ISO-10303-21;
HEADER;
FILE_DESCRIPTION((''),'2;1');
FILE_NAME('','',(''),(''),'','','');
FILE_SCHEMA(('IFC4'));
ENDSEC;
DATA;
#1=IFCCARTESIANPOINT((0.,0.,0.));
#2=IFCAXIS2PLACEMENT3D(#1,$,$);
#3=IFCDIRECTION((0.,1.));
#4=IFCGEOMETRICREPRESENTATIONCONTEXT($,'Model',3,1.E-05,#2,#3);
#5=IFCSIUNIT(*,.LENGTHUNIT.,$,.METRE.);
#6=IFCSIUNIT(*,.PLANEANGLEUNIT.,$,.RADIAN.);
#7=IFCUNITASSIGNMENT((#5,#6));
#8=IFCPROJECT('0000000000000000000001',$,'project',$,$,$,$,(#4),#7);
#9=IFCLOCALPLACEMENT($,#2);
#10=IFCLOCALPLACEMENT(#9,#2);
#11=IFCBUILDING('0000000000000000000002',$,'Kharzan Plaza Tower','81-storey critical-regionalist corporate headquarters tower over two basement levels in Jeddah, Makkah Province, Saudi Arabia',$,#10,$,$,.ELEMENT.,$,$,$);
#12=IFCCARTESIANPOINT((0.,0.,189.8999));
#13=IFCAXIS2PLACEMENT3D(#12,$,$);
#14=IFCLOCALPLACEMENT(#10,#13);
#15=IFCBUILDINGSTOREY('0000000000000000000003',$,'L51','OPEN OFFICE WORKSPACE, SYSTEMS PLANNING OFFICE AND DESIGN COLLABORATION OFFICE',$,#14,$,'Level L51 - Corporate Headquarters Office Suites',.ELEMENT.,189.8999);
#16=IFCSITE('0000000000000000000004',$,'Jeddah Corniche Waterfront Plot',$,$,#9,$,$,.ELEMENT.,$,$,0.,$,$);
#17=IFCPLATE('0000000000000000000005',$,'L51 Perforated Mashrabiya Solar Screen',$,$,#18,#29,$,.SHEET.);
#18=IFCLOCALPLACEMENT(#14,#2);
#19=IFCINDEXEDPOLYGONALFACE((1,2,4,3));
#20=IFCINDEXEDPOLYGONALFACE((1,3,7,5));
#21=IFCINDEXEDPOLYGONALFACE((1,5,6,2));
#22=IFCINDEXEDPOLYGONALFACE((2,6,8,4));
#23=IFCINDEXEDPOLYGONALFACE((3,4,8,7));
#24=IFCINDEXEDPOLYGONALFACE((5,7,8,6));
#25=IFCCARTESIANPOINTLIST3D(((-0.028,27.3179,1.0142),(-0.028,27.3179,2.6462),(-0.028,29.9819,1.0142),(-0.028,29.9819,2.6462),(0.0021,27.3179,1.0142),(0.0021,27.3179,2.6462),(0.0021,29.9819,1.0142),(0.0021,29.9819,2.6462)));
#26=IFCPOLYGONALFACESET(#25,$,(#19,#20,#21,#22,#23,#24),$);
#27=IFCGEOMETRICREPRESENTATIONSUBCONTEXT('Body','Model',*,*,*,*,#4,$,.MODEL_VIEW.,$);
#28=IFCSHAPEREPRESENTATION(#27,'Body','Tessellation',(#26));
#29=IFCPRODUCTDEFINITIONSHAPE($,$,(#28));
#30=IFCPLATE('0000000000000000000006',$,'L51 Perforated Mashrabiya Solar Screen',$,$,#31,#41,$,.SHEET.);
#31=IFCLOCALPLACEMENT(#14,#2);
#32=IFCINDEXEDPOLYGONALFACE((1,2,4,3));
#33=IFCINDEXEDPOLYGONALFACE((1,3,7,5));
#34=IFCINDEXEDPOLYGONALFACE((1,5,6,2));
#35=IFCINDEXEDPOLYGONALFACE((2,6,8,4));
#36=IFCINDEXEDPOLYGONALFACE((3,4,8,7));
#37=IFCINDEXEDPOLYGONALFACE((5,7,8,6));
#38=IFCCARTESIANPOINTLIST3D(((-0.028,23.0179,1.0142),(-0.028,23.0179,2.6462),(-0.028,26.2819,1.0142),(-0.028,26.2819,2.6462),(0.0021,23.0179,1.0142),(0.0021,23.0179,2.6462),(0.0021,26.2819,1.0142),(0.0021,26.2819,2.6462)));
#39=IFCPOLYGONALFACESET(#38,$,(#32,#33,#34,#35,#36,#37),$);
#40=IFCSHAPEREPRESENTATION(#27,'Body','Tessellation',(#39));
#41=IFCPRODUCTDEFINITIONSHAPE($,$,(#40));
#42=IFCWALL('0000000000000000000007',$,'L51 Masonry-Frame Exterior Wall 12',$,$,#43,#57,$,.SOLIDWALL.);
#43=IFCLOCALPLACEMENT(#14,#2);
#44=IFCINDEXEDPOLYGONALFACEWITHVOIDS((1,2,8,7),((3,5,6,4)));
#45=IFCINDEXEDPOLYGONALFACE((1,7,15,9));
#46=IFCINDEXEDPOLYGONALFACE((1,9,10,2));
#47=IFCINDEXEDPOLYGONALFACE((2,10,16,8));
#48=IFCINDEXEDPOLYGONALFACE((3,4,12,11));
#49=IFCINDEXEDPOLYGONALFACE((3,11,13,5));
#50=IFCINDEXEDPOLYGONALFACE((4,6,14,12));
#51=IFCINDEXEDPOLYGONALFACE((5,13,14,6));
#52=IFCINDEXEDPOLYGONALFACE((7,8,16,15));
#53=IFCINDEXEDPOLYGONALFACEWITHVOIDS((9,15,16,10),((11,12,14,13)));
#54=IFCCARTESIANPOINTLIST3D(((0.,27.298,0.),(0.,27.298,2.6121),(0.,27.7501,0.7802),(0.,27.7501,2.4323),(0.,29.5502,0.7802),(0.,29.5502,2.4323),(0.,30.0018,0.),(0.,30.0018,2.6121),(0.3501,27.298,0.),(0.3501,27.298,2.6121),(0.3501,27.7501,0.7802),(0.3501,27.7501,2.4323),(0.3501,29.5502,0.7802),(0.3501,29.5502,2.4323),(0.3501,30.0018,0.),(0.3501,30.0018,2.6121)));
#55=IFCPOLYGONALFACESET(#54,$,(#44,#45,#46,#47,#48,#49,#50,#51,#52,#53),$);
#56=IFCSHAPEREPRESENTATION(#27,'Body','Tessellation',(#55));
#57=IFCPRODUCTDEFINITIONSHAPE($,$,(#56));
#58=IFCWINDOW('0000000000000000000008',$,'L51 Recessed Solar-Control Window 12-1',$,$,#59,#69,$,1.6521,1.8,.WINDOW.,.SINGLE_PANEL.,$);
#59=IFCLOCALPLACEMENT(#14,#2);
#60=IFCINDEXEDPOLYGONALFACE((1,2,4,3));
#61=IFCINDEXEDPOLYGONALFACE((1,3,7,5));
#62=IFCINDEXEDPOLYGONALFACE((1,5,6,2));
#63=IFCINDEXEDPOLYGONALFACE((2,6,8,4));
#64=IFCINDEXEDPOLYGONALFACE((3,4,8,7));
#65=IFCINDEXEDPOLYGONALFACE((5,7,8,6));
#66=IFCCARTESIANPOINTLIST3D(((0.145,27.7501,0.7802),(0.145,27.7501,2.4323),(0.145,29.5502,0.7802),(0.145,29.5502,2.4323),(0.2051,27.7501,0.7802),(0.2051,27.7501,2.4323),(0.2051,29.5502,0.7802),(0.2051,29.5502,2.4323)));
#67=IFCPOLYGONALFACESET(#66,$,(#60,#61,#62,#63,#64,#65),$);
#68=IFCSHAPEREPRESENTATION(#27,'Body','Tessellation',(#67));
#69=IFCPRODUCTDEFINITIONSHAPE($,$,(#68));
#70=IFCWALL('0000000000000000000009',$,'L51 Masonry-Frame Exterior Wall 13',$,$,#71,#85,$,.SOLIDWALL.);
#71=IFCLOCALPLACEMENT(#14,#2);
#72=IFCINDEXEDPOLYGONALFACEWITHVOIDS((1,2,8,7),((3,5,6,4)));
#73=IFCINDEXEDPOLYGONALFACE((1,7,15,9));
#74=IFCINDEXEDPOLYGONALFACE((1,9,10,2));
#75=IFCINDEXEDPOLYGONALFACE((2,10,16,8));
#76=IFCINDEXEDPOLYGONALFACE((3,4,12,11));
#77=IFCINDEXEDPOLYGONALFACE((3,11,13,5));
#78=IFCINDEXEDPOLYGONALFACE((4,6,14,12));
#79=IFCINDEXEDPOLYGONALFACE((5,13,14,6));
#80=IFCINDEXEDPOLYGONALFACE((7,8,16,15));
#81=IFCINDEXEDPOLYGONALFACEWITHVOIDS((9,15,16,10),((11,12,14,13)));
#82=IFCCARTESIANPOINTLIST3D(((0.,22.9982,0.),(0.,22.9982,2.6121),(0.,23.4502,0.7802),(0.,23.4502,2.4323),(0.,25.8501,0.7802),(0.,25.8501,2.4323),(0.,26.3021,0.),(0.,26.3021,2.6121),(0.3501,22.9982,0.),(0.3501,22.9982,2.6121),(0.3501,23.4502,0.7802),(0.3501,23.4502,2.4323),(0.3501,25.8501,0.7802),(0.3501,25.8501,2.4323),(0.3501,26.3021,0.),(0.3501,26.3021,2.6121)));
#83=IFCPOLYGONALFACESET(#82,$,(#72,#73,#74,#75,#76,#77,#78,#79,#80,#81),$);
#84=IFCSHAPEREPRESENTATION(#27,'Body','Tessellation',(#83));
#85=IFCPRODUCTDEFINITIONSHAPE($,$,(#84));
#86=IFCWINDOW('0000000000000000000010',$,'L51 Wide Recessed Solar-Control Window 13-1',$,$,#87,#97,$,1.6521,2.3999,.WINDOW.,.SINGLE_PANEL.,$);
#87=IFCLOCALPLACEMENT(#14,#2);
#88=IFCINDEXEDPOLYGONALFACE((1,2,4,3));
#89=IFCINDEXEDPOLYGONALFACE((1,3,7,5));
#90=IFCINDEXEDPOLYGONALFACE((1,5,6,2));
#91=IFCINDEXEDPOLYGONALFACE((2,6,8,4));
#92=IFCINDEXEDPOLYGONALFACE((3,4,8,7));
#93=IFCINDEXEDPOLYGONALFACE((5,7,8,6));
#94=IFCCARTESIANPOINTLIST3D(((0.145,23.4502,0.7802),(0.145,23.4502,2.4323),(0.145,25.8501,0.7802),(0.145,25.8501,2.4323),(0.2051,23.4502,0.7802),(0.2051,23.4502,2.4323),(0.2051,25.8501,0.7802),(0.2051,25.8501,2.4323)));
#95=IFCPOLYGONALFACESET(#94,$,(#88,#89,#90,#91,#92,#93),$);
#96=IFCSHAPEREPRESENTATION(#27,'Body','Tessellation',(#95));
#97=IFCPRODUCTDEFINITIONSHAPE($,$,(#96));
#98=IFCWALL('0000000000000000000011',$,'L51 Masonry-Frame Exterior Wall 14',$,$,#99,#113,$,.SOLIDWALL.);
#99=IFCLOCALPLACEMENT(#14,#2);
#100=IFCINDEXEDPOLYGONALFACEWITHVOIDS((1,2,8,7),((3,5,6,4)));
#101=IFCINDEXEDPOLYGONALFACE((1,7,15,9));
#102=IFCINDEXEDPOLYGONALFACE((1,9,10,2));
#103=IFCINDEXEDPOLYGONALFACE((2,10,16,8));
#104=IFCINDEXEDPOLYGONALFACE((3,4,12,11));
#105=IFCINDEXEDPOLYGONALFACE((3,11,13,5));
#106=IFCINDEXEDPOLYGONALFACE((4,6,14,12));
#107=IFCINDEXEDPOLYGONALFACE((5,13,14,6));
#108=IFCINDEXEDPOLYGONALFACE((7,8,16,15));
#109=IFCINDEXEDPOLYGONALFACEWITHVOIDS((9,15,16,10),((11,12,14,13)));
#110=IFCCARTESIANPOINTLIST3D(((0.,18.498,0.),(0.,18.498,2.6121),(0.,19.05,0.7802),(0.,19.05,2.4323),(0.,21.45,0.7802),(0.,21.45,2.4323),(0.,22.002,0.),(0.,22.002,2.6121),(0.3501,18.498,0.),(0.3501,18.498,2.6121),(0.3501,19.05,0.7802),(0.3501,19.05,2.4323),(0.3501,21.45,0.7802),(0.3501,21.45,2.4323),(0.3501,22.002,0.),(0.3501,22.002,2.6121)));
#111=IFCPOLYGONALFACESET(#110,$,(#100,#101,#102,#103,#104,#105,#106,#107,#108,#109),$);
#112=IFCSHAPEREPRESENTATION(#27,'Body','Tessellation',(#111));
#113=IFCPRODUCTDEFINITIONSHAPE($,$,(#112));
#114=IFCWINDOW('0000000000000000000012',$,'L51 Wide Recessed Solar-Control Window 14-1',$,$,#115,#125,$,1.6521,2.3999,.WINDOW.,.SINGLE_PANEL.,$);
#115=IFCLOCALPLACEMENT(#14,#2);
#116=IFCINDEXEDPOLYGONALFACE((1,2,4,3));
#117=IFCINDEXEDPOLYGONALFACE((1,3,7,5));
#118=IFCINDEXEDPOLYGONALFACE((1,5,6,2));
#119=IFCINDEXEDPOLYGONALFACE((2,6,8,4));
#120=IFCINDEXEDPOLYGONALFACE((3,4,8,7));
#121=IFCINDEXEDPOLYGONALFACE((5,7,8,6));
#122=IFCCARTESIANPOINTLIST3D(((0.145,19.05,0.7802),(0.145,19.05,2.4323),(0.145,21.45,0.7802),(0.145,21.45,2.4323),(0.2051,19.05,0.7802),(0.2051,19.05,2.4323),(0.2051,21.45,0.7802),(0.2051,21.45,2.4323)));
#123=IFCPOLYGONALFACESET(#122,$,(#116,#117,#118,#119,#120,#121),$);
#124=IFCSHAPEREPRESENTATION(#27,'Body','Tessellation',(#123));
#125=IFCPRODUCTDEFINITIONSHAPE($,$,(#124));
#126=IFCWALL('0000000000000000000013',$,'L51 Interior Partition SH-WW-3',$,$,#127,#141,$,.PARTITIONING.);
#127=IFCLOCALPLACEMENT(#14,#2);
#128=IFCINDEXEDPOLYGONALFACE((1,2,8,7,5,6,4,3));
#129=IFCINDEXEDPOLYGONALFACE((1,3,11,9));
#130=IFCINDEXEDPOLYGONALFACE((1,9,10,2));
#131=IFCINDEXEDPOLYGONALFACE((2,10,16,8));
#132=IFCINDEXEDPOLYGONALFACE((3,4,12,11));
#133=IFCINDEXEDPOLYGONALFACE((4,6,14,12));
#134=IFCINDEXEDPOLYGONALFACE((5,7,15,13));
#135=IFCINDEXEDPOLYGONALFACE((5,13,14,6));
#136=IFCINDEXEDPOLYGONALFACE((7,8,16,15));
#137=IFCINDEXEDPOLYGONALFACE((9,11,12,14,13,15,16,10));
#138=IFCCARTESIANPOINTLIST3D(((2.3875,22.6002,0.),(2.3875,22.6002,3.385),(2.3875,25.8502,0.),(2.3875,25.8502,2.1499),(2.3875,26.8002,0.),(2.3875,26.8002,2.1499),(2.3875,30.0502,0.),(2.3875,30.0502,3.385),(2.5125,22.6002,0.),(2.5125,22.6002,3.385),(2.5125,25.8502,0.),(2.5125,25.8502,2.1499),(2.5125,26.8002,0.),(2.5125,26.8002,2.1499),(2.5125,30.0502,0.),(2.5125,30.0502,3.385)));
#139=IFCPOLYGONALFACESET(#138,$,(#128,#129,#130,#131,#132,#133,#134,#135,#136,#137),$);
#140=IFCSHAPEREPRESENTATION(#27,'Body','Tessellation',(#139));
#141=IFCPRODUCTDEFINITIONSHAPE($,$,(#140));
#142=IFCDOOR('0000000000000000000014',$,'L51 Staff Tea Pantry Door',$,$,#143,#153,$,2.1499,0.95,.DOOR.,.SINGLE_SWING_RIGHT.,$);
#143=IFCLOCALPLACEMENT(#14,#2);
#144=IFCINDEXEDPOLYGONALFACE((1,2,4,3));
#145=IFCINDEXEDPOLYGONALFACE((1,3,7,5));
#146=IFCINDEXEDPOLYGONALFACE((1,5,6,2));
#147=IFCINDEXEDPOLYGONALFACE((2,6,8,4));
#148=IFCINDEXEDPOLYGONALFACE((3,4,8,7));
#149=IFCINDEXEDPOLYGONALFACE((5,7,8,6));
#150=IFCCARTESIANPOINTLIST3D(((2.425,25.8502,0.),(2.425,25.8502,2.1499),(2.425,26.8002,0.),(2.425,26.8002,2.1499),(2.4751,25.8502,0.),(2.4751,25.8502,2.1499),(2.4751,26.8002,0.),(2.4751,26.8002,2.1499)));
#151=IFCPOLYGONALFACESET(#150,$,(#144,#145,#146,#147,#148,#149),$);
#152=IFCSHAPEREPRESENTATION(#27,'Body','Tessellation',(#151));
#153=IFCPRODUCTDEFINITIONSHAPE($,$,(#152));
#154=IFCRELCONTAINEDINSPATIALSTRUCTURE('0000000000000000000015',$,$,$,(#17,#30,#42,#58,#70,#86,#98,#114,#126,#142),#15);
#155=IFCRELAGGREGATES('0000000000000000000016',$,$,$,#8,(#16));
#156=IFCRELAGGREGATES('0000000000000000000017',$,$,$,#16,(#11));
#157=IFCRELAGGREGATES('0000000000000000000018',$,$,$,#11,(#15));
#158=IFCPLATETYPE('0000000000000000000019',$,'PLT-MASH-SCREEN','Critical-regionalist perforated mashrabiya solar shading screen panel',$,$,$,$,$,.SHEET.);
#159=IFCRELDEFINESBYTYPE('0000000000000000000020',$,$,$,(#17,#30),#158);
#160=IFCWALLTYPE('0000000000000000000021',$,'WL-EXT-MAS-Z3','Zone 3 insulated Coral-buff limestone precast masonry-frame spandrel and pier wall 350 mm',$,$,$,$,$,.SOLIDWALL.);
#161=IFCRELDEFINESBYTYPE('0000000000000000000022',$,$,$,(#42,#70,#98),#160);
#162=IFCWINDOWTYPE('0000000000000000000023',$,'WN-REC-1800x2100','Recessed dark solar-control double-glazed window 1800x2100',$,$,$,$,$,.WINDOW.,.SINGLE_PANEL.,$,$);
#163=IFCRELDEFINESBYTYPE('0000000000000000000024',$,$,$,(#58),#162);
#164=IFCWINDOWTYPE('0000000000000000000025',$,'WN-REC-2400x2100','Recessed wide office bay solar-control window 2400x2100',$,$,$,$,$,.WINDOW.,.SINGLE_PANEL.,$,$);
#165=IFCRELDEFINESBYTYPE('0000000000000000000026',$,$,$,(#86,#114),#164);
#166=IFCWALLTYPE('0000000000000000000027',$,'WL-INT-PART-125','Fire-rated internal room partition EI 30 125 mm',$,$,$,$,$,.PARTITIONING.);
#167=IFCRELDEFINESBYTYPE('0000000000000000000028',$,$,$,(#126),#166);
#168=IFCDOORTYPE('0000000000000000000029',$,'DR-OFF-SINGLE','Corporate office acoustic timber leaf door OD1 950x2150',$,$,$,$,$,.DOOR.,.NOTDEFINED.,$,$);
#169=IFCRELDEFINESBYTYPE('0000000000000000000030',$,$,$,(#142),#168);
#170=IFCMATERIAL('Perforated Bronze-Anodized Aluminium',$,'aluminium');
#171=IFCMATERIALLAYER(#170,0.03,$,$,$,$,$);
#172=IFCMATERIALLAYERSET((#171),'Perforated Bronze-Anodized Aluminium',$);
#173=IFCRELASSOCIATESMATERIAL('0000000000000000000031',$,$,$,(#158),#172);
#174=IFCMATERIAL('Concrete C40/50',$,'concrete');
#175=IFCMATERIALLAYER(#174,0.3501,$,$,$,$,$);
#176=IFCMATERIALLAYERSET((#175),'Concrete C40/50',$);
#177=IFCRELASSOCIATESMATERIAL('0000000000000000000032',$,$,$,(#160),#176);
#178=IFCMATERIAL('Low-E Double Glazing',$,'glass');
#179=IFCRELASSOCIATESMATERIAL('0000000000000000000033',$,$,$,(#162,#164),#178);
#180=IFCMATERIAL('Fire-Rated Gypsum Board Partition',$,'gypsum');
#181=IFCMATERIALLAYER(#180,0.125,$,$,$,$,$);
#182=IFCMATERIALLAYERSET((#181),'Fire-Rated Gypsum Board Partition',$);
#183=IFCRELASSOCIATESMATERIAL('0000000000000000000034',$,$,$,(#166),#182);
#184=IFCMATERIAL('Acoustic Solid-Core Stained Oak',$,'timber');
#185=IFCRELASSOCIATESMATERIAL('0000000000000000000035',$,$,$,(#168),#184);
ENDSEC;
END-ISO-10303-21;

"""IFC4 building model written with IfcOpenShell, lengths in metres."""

from ifc_helpers import new_model, si_unit, direction, frame, frame_2d, origin, origin_2d, place, context, subcontext, project, spatial, rectangle, extrude, source, transform, mapped, material, layer, layer_set, type_object, element, fill, save


model = new_model("IFC4")

# Units and contexts
model_context = context("Model", 3, precision=1e-05, world=origin(), true_north=direction((0.0, 1.0)))
body_context = subcontext(model_context, "Body", "Model", "MODEL_VIEW")
ifc_project = project(units=[si_unit("LENGTHUNIT", "METRE"), si_unit("PLANEANGLEUNIT", "RADIAN")], contexts=[model_context])

# Site, building, storey
site_placement = place(None, origin())
site = spatial("IfcSite", under=ifc_project, at=site_placement, Name="Jeddah Corniche Waterfront Plot", CompositionType="ELEMENT", RefElevation=0.0)
building_placement = place(site_placement, origin())
building = spatial("IfcBuilding", under=site, at=building_placement, Name="Kharzan Plaza Tower", Description="81-storey critical-regionalist corporate headquarters tower over two basement levels in Jeddah, Makkah Province, Saudi Arabia", CompositionType="ELEMENT")
storey_placement = place(building_placement, frame((0.0, 0.0, 189.8999)))
storey = spatial("IfcBuildingStorey", under=building, at=storey_placement, Name="L51", Description="OPEN OFFICE WORKSPACE, SYSTEMS PLANNING OFFICE AND DESIGN COLLABORATION OFFICE", LongName="Level L51 - Corporate Headquarters Office Suites", CompositionType="ELEMENT", Elevation=189.8999)

# Plates
ifc_material_1 = material(Name="Perforated Bronze-Anodized Aluminium", Category="aluminium")
ifc_layer_1 = layer(ifc_material_1, 0.03)
ifc_layer_set_1 = layer_set([ifc_layer_1], Name="Perforated Bronze-Anodized Aluminium")
plate_type = type_object("IfcPlateType", Name="PLT-MASH-SCREEN", Description="Critical-regionalist perforated mashrabiya solar shading screen panel", PredefinedType="SHEET", material=ifc_layer_set_1)
shared_shape_1 = source(origin(), body_context, "Body", "SweptSolid", [
    extrude(rectangle(XDim=2.6641, YDim=0.03, at=origin_2d()), origin(), (0.0, 0.0, 1.0), 1.6321),
])
plate_1_placement = place(storey_placement, frame((-0.0129, 28.6499, 1.0142), z_axis=(0.0, 0.0, 1.0), x_axis=(0.0, -1.0, 0.0)))
element("IfcPlate", 1, at=plate_1_placement, inside=storey, type_object=plate_type, Name="L51 Perforated Mashrabiya Solar Screen", PredefinedType="SHEET", context=body_context, shape_type="MappedRepresentation", body=[
    mapped(shared_shape_1, transform((0.0, 0.0, 0.0), x_axis=(1.0, 0.0, 0.0), y_axis=(0.0, 1.0, 0.0), z_axis=(0.0, 0.0, 1.0))),
])
shared_shape_2 = source(origin(), body_context, "Body", "SweptSolid", [
    extrude(rectangle(XDim=3.2639, YDim=0.03, at=origin_2d()), origin(), (0.0, 0.0, 1.0), 1.6321),
])
plate_2_placement = place(storey_placement, frame((-0.0129, 24.6499, 1.0142), z_axis=(0.0, 0.0, 1.0), x_axis=(0.0, -1.0, 0.0)))
element("IfcPlate", 2, at=plate_2_placement, inside=storey, type_object=plate_type, Name="L51 Perforated Mashrabiya Solar Screen", PredefinedType="SHEET", context=body_context, shape_type="MappedRepresentation", body=[
    mapped(shared_shape_2, transform((0.0, 0.0, 0.0), x_axis=(1.0, 0.0, 0.0), y_axis=(0.0, 1.0, 0.0), z_axis=(0.0, 0.0, 1.0))),
])

# Walls, openings, windows
ifc_material_2 = material(Name="Concrete C40/50", Category="concrete")
ifc_layer_2 = layer(ifc_material_2, 0.3501)
ifc_layer_set_2 = layer_set([ifc_layer_2], Name="Concrete C40/50")
wall_type_1 = type_object("IfcWallType", Name="WL-EXT-MAS-Z3", Description="Zone 3 insulated Coral-buff limestone precast masonry-frame spandrel and pier wall 350 mm", PredefinedType="SOLIDWALL", material=ifc_layer_set_2)
wall_1_placement = place(storey_placement, frame((0.175, 30.002, 0.0), z_axis=(0.0, 0.0, 1.0), x_axis=(0.0, -1.0, 0.0)))
wall_1 = element("IfcWall", 3, at=wall_1_placement, inside=storey, type_object=wall_type_1, Name="L51 Masonry-Frame Exterior Wall 12", PredefinedType="SOLIDWALL", context=body_context, shape_type="SweptSolid", body=[
    extrude(rectangle(XDim=2.7039, YDim=0.3501, at=frame_2d((1.3521, 0.0))), origin(), (0.0, 0.0, 1.0), 2.6121),
])
opening_1_placement = place(wall_1_placement, frame((0.4519, 0.0, 0.78)))
opening_1 = element("IfcOpeningElement", 4, at=opening_1_placement, cuts=wall_1, PredefinedType="OPENING", context=body_context, shape_type="SweptSolid", body=[
    extrude(rectangle(XDim=1.8, YDim=1.6521, at=frame_2d((0.8999, 0.8262))), frame((0.0, 0.1851, 0.0), z_axis=(0.0, -1.0, 0.0), x_axis=(1.0, 0.0, 0.0)), (0.0, 0.0, 1.0), 0.3701),
])
ifc_material_3 = material(Name="Low-E Double Glazing", Category="glass")
window_type_1 = type_object("IfcWindowType", Name="WN-REC-1800x2100", Description="Recessed dark solar-control double-glazed window 1800x2100", PartitioningType="SINGLE_PANEL", PredefinedType="WINDOW", material=ifc_material_3)
shared_shape_3 = source(origin(), body_context, "Body", "SweptSolid", [
    extrude(rectangle(XDim=1.8, YDim=1.6521, at=frame_2d((0.8999, 0.8262))), frame((0.0, 0.03, 0.0), z_axis=(0.0, -1.0, 0.0), x_axis=(1.0, 0.0, 0.0)), (0.0, 0.0, 1.0), 0.0601),
])
window_1_placement = place(opening_1_placement, origin())
window_1 = element("IfcWindow", 5, at=window_1_placement, inside=storey, type_object=window_type_1, Name="L51 Recessed Solar-Control Window 12-1", OverallHeight=1.6521, OverallWidth=1.8, PartitioningType="SINGLE_PANEL", PredefinedType="WINDOW", context=body_context, shape_type="MappedRepresentation", body=[
    mapped(shared_shape_3, transform((0.0, 0.0, 0.0), x_axis=(1.0, 0.0, 0.0), y_axis=(0.0, 1.0, 0.0), z_axis=(0.0, 0.0, 1.0))),
])
fill(opening_1, window_1)
wall_2_placement = place(storey_placement, frame((0.175, 26.302, 0.0), z_axis=(0.0, 0.0, 1.0), x_axis=(0.0, -1.0, 0.0)))
wall_2 = element("IfcWall", 6, at=wall_2_placement, inside=storey, type_object=wall_type_1, Name="L51 Masonry-Frame Exterior Wall 13", PredefinedType="SOLIDWALL", context=body_context, shape_type="SweptSolid", body=[
    extrude(rectangle(XDim=3.304, YDim=0.3501, at=frame_2d((1.6519, 0.0))), origin(), (0.0, 0.0, 1.0), 2.6121),
])
opening_2_placement = place(wall_2_placement, frame((0.4519, 0.0, 0.78)))
opening_2 = element("IfcOpeningElement", 7, at=opening_2_placement, cuts=wall_2, PredefinedType="OPENING", context=body_context, shape_type="SweptSolid", body=[
    extrude(rectangle(XDim=2.3999, YDim=1.6521, at=frame_2d((1.2, 0.8262))), frame((0.0, 0.1851, 0.0), z_axis=(0.0, -1.0, 0.0), x_axis=(1.0, 0.0, 0.0)), (0.0, 0.0, 1.0), 0.3701),
])
window_type_2 = type_object("IfcWindowType", Name="WN-REC-2400x2100", Description="Recessed wide office bay solar-control window 2400x2100", PartitioningType="SINGLE_PANEL", PredefinedType="WINDOW", material=ifc_material_3)
shared_shape_4 = source(origin(), body_context, "Body", "SweptSolid", [
    extrude(rectangle(XDim=2.3999, YDim=1.6521, at=frame_2d((1.2, 0.8262))), frame((0.0, 0.03, 0.0), z_axis=(0.0, -1.0, 0.0), x_axis=(1.0, 0.0, 0.0)), (0.0, 0.0, 1.0), 0.0601),
])
window_2_placement = place(opening_2_placement, origin())
window_2 = element("IfcWindow", 8, at=window_2_placement, inside=storey, type_object=window_type_2, Name="L51 Wide Recessed Solar-Control Window 13-1", OverallHeight=1.6521, OverallWidth=2.3999, PartitioningType="SINGLE_PANEL", PredefinedType="WINDOW", context=body_context, shape_type="MappedRepresentation", body=[
    mapped(shared_shape_4, transform((0.0, 0.0, 0.0), x_axis=(1.0, 0.0, 0.0), y_axis=(0.0, 1.0, 0.0), z_axis=(0.0, 0.0, 1.0))),
])
fill(opening_2, window_2)
wall_3_placement = place(storey_placement, frame((0.175, 22.002, 0.0), z_axis=(0.0, 0.0, 1.0), x_axis=(0.0, -1.0, 0.0)))
wall_3 = element("IfcWall", 9, at=wall_3_placement, inside=storey, type_object=wall_type_1, Name="L51 Masonry-Frame Exterior Wall 14", PredefinedType="SOLIDWALL", context=body_context, shape_type="SweptSolid", body=[
    extrude(rectangle(XDim=3.5039, YDim=0.3501, at=frame_2d((1.752, 0.0))), origin(), (0.0, 0.0, 1.0), 2.6121),
])
opening_3_placement = place(wall_3_placement, frame((0.552, 0.0, 0.78)))
opening_3 = element("IfcOpeningElement", 10, at=opening_3_placement, cuts=wall_3, PredefinedType="OPENING", context=body_context, shape_type="SweptSolid", body=[
    extrude(rectangle(XDim=2.3999, YDim=1.6521, at=frame_2d((1.2, 0.8262))), frame((0.0, 0.1851, 0.0), z_axis=(0.0, -1.0, 0.0), x_axis=(1.0, 0.0, 0.0)), (0.0, 0.0, 1.0), 0.3701),
])
window_3_placement = place(opening_3_placement, origin())
window_3 = element("IfcWindow", 11, at=window_3_placement, inside=storey, type_object=window_type_2, Name="L51 Wide Recessed Solar-Control Window 14-1", OverallHeight=1.6521, OverallWidth=2.3999, PartitioningType="SINGLE_PANEL", PredefinedType="WINDOW", context=body_context, shape_type="MappedRepresentation", body=[
    mapped(shared_shape_4, transform((0.0, 0.0, 0.0), x_axis=(1.0, 0.0, 0.0), y_axis=(0.0, 1.0, 0.0), z_axis=(0.0, 0.0, 1.0))),
])
fill(opening_3, window_3)

# Wall, opening, door
ifc_material_4 = material(Name="Fire-Rated Gypsum Board Partition", Category="gypsum")
ifc_layer_3 = layer(ifc_material_4, 0.125)
ifc_layer_set_3 = layer_set([ifc_layer_3], Name="Fire-Rated Gypsum Board Partition")
wall_type_2 = type_object("IfcWallType", Name="WL-INT-PART-125", Description="Fire-rated internal room partition EI 30 125 mm", PredefinedType="PARTITIONING", material=ifc_layer_set_3)
wall_4_placement = place(storey_placement, frame((2.45, 22.6001, 0.0), z_axis=(0.0, 0.0, 1.0), x_axis=(0.0, 1.0, 0.0)))
wall_4 = element("IfcWall", 12, at=wall_4_placement, inside=storey, type_object=wall_type_2, Name="L51 Interior Partition SH-WW-3", PredefinedType="PARTITIONING", context=body_context, shape_type="SweptSolid", body=[
    extrude(rectangle(XDim=7.45, YDim=0.125, at=frame_2d((3.7251, 0.0))), origin(), (0.0, 0.0, 1.0), 3.385),
])
opening_4_placement = place(wall_4_placement, frame((3.25, 0.0, 0.0)))
opening_4 = element("IfcOpeningElement", 13, at=opening_4_placement, cuts=wall_4, PredefinedType="OPENING", context=body_context, shape_type="SweptSolid", body=[
    extrude(rectangle(XDim=0.95, YDim=2.1499, at=frame_2d((0.4751, 1.075))), frame((0.0, 0.0725, 0.0), z_axis=(0.0, -1.0, 0.0), x_axis=(1.0, 0.0, 0.0)), (0.0, 0.0, 1.0), 0.145),
])
ifc_material_5 = material(Name="Acoustic Solid-Core Stained Oak", Category="timber")
door_type_1 = type_object("IfcDoorType", Name="DR-OFF-SINGLE", Description="Corporate office acoustic timber leaf door OD1 950x2150", OperationType="NOTDEFINED", PredefinedType="DOOR", material=ifc_material_5)
shared_shape_5 = source(origin(), body_context, "Body", "SweptSolid", [
    extrude(rectangle(XDim=0.95, YDim=2.1499, at=frame_2d((0.4751, 1.075))), frame((0.0, 0.0249, 0.0), z_axis=(0.0, -1.0, 0.0), x_axis=(1.0, 0.0, 0.0)), (0.0, 0.0, 1.0), 0.05),
])
door_1_placement = place(opening_4_placement, origin())
door_1 = element("IfcDoor", 14, at=door_1_placement, inside=storey, type_object=door_type_1, Name="L51 Staff Tea Pantry Door", OperationType="SINGLE_SWING_RIGHT", OverallHeight=2.1499, OverallWidth=0.95, PredefinedType="DOOR", context=body_context, shape_type="MappedRepresentation", body=[
    mapped(shared_shape_5, transform((0.0, 0.0, 0.0), x_axis=(1.0, 0.0, 0.0), y_axis=(0.0, 1.0, 0.0), z_axis=(0.0, 0.0, 1.0))),
])
fill(opening_4, door_1)

save(model, "model.ifc")
